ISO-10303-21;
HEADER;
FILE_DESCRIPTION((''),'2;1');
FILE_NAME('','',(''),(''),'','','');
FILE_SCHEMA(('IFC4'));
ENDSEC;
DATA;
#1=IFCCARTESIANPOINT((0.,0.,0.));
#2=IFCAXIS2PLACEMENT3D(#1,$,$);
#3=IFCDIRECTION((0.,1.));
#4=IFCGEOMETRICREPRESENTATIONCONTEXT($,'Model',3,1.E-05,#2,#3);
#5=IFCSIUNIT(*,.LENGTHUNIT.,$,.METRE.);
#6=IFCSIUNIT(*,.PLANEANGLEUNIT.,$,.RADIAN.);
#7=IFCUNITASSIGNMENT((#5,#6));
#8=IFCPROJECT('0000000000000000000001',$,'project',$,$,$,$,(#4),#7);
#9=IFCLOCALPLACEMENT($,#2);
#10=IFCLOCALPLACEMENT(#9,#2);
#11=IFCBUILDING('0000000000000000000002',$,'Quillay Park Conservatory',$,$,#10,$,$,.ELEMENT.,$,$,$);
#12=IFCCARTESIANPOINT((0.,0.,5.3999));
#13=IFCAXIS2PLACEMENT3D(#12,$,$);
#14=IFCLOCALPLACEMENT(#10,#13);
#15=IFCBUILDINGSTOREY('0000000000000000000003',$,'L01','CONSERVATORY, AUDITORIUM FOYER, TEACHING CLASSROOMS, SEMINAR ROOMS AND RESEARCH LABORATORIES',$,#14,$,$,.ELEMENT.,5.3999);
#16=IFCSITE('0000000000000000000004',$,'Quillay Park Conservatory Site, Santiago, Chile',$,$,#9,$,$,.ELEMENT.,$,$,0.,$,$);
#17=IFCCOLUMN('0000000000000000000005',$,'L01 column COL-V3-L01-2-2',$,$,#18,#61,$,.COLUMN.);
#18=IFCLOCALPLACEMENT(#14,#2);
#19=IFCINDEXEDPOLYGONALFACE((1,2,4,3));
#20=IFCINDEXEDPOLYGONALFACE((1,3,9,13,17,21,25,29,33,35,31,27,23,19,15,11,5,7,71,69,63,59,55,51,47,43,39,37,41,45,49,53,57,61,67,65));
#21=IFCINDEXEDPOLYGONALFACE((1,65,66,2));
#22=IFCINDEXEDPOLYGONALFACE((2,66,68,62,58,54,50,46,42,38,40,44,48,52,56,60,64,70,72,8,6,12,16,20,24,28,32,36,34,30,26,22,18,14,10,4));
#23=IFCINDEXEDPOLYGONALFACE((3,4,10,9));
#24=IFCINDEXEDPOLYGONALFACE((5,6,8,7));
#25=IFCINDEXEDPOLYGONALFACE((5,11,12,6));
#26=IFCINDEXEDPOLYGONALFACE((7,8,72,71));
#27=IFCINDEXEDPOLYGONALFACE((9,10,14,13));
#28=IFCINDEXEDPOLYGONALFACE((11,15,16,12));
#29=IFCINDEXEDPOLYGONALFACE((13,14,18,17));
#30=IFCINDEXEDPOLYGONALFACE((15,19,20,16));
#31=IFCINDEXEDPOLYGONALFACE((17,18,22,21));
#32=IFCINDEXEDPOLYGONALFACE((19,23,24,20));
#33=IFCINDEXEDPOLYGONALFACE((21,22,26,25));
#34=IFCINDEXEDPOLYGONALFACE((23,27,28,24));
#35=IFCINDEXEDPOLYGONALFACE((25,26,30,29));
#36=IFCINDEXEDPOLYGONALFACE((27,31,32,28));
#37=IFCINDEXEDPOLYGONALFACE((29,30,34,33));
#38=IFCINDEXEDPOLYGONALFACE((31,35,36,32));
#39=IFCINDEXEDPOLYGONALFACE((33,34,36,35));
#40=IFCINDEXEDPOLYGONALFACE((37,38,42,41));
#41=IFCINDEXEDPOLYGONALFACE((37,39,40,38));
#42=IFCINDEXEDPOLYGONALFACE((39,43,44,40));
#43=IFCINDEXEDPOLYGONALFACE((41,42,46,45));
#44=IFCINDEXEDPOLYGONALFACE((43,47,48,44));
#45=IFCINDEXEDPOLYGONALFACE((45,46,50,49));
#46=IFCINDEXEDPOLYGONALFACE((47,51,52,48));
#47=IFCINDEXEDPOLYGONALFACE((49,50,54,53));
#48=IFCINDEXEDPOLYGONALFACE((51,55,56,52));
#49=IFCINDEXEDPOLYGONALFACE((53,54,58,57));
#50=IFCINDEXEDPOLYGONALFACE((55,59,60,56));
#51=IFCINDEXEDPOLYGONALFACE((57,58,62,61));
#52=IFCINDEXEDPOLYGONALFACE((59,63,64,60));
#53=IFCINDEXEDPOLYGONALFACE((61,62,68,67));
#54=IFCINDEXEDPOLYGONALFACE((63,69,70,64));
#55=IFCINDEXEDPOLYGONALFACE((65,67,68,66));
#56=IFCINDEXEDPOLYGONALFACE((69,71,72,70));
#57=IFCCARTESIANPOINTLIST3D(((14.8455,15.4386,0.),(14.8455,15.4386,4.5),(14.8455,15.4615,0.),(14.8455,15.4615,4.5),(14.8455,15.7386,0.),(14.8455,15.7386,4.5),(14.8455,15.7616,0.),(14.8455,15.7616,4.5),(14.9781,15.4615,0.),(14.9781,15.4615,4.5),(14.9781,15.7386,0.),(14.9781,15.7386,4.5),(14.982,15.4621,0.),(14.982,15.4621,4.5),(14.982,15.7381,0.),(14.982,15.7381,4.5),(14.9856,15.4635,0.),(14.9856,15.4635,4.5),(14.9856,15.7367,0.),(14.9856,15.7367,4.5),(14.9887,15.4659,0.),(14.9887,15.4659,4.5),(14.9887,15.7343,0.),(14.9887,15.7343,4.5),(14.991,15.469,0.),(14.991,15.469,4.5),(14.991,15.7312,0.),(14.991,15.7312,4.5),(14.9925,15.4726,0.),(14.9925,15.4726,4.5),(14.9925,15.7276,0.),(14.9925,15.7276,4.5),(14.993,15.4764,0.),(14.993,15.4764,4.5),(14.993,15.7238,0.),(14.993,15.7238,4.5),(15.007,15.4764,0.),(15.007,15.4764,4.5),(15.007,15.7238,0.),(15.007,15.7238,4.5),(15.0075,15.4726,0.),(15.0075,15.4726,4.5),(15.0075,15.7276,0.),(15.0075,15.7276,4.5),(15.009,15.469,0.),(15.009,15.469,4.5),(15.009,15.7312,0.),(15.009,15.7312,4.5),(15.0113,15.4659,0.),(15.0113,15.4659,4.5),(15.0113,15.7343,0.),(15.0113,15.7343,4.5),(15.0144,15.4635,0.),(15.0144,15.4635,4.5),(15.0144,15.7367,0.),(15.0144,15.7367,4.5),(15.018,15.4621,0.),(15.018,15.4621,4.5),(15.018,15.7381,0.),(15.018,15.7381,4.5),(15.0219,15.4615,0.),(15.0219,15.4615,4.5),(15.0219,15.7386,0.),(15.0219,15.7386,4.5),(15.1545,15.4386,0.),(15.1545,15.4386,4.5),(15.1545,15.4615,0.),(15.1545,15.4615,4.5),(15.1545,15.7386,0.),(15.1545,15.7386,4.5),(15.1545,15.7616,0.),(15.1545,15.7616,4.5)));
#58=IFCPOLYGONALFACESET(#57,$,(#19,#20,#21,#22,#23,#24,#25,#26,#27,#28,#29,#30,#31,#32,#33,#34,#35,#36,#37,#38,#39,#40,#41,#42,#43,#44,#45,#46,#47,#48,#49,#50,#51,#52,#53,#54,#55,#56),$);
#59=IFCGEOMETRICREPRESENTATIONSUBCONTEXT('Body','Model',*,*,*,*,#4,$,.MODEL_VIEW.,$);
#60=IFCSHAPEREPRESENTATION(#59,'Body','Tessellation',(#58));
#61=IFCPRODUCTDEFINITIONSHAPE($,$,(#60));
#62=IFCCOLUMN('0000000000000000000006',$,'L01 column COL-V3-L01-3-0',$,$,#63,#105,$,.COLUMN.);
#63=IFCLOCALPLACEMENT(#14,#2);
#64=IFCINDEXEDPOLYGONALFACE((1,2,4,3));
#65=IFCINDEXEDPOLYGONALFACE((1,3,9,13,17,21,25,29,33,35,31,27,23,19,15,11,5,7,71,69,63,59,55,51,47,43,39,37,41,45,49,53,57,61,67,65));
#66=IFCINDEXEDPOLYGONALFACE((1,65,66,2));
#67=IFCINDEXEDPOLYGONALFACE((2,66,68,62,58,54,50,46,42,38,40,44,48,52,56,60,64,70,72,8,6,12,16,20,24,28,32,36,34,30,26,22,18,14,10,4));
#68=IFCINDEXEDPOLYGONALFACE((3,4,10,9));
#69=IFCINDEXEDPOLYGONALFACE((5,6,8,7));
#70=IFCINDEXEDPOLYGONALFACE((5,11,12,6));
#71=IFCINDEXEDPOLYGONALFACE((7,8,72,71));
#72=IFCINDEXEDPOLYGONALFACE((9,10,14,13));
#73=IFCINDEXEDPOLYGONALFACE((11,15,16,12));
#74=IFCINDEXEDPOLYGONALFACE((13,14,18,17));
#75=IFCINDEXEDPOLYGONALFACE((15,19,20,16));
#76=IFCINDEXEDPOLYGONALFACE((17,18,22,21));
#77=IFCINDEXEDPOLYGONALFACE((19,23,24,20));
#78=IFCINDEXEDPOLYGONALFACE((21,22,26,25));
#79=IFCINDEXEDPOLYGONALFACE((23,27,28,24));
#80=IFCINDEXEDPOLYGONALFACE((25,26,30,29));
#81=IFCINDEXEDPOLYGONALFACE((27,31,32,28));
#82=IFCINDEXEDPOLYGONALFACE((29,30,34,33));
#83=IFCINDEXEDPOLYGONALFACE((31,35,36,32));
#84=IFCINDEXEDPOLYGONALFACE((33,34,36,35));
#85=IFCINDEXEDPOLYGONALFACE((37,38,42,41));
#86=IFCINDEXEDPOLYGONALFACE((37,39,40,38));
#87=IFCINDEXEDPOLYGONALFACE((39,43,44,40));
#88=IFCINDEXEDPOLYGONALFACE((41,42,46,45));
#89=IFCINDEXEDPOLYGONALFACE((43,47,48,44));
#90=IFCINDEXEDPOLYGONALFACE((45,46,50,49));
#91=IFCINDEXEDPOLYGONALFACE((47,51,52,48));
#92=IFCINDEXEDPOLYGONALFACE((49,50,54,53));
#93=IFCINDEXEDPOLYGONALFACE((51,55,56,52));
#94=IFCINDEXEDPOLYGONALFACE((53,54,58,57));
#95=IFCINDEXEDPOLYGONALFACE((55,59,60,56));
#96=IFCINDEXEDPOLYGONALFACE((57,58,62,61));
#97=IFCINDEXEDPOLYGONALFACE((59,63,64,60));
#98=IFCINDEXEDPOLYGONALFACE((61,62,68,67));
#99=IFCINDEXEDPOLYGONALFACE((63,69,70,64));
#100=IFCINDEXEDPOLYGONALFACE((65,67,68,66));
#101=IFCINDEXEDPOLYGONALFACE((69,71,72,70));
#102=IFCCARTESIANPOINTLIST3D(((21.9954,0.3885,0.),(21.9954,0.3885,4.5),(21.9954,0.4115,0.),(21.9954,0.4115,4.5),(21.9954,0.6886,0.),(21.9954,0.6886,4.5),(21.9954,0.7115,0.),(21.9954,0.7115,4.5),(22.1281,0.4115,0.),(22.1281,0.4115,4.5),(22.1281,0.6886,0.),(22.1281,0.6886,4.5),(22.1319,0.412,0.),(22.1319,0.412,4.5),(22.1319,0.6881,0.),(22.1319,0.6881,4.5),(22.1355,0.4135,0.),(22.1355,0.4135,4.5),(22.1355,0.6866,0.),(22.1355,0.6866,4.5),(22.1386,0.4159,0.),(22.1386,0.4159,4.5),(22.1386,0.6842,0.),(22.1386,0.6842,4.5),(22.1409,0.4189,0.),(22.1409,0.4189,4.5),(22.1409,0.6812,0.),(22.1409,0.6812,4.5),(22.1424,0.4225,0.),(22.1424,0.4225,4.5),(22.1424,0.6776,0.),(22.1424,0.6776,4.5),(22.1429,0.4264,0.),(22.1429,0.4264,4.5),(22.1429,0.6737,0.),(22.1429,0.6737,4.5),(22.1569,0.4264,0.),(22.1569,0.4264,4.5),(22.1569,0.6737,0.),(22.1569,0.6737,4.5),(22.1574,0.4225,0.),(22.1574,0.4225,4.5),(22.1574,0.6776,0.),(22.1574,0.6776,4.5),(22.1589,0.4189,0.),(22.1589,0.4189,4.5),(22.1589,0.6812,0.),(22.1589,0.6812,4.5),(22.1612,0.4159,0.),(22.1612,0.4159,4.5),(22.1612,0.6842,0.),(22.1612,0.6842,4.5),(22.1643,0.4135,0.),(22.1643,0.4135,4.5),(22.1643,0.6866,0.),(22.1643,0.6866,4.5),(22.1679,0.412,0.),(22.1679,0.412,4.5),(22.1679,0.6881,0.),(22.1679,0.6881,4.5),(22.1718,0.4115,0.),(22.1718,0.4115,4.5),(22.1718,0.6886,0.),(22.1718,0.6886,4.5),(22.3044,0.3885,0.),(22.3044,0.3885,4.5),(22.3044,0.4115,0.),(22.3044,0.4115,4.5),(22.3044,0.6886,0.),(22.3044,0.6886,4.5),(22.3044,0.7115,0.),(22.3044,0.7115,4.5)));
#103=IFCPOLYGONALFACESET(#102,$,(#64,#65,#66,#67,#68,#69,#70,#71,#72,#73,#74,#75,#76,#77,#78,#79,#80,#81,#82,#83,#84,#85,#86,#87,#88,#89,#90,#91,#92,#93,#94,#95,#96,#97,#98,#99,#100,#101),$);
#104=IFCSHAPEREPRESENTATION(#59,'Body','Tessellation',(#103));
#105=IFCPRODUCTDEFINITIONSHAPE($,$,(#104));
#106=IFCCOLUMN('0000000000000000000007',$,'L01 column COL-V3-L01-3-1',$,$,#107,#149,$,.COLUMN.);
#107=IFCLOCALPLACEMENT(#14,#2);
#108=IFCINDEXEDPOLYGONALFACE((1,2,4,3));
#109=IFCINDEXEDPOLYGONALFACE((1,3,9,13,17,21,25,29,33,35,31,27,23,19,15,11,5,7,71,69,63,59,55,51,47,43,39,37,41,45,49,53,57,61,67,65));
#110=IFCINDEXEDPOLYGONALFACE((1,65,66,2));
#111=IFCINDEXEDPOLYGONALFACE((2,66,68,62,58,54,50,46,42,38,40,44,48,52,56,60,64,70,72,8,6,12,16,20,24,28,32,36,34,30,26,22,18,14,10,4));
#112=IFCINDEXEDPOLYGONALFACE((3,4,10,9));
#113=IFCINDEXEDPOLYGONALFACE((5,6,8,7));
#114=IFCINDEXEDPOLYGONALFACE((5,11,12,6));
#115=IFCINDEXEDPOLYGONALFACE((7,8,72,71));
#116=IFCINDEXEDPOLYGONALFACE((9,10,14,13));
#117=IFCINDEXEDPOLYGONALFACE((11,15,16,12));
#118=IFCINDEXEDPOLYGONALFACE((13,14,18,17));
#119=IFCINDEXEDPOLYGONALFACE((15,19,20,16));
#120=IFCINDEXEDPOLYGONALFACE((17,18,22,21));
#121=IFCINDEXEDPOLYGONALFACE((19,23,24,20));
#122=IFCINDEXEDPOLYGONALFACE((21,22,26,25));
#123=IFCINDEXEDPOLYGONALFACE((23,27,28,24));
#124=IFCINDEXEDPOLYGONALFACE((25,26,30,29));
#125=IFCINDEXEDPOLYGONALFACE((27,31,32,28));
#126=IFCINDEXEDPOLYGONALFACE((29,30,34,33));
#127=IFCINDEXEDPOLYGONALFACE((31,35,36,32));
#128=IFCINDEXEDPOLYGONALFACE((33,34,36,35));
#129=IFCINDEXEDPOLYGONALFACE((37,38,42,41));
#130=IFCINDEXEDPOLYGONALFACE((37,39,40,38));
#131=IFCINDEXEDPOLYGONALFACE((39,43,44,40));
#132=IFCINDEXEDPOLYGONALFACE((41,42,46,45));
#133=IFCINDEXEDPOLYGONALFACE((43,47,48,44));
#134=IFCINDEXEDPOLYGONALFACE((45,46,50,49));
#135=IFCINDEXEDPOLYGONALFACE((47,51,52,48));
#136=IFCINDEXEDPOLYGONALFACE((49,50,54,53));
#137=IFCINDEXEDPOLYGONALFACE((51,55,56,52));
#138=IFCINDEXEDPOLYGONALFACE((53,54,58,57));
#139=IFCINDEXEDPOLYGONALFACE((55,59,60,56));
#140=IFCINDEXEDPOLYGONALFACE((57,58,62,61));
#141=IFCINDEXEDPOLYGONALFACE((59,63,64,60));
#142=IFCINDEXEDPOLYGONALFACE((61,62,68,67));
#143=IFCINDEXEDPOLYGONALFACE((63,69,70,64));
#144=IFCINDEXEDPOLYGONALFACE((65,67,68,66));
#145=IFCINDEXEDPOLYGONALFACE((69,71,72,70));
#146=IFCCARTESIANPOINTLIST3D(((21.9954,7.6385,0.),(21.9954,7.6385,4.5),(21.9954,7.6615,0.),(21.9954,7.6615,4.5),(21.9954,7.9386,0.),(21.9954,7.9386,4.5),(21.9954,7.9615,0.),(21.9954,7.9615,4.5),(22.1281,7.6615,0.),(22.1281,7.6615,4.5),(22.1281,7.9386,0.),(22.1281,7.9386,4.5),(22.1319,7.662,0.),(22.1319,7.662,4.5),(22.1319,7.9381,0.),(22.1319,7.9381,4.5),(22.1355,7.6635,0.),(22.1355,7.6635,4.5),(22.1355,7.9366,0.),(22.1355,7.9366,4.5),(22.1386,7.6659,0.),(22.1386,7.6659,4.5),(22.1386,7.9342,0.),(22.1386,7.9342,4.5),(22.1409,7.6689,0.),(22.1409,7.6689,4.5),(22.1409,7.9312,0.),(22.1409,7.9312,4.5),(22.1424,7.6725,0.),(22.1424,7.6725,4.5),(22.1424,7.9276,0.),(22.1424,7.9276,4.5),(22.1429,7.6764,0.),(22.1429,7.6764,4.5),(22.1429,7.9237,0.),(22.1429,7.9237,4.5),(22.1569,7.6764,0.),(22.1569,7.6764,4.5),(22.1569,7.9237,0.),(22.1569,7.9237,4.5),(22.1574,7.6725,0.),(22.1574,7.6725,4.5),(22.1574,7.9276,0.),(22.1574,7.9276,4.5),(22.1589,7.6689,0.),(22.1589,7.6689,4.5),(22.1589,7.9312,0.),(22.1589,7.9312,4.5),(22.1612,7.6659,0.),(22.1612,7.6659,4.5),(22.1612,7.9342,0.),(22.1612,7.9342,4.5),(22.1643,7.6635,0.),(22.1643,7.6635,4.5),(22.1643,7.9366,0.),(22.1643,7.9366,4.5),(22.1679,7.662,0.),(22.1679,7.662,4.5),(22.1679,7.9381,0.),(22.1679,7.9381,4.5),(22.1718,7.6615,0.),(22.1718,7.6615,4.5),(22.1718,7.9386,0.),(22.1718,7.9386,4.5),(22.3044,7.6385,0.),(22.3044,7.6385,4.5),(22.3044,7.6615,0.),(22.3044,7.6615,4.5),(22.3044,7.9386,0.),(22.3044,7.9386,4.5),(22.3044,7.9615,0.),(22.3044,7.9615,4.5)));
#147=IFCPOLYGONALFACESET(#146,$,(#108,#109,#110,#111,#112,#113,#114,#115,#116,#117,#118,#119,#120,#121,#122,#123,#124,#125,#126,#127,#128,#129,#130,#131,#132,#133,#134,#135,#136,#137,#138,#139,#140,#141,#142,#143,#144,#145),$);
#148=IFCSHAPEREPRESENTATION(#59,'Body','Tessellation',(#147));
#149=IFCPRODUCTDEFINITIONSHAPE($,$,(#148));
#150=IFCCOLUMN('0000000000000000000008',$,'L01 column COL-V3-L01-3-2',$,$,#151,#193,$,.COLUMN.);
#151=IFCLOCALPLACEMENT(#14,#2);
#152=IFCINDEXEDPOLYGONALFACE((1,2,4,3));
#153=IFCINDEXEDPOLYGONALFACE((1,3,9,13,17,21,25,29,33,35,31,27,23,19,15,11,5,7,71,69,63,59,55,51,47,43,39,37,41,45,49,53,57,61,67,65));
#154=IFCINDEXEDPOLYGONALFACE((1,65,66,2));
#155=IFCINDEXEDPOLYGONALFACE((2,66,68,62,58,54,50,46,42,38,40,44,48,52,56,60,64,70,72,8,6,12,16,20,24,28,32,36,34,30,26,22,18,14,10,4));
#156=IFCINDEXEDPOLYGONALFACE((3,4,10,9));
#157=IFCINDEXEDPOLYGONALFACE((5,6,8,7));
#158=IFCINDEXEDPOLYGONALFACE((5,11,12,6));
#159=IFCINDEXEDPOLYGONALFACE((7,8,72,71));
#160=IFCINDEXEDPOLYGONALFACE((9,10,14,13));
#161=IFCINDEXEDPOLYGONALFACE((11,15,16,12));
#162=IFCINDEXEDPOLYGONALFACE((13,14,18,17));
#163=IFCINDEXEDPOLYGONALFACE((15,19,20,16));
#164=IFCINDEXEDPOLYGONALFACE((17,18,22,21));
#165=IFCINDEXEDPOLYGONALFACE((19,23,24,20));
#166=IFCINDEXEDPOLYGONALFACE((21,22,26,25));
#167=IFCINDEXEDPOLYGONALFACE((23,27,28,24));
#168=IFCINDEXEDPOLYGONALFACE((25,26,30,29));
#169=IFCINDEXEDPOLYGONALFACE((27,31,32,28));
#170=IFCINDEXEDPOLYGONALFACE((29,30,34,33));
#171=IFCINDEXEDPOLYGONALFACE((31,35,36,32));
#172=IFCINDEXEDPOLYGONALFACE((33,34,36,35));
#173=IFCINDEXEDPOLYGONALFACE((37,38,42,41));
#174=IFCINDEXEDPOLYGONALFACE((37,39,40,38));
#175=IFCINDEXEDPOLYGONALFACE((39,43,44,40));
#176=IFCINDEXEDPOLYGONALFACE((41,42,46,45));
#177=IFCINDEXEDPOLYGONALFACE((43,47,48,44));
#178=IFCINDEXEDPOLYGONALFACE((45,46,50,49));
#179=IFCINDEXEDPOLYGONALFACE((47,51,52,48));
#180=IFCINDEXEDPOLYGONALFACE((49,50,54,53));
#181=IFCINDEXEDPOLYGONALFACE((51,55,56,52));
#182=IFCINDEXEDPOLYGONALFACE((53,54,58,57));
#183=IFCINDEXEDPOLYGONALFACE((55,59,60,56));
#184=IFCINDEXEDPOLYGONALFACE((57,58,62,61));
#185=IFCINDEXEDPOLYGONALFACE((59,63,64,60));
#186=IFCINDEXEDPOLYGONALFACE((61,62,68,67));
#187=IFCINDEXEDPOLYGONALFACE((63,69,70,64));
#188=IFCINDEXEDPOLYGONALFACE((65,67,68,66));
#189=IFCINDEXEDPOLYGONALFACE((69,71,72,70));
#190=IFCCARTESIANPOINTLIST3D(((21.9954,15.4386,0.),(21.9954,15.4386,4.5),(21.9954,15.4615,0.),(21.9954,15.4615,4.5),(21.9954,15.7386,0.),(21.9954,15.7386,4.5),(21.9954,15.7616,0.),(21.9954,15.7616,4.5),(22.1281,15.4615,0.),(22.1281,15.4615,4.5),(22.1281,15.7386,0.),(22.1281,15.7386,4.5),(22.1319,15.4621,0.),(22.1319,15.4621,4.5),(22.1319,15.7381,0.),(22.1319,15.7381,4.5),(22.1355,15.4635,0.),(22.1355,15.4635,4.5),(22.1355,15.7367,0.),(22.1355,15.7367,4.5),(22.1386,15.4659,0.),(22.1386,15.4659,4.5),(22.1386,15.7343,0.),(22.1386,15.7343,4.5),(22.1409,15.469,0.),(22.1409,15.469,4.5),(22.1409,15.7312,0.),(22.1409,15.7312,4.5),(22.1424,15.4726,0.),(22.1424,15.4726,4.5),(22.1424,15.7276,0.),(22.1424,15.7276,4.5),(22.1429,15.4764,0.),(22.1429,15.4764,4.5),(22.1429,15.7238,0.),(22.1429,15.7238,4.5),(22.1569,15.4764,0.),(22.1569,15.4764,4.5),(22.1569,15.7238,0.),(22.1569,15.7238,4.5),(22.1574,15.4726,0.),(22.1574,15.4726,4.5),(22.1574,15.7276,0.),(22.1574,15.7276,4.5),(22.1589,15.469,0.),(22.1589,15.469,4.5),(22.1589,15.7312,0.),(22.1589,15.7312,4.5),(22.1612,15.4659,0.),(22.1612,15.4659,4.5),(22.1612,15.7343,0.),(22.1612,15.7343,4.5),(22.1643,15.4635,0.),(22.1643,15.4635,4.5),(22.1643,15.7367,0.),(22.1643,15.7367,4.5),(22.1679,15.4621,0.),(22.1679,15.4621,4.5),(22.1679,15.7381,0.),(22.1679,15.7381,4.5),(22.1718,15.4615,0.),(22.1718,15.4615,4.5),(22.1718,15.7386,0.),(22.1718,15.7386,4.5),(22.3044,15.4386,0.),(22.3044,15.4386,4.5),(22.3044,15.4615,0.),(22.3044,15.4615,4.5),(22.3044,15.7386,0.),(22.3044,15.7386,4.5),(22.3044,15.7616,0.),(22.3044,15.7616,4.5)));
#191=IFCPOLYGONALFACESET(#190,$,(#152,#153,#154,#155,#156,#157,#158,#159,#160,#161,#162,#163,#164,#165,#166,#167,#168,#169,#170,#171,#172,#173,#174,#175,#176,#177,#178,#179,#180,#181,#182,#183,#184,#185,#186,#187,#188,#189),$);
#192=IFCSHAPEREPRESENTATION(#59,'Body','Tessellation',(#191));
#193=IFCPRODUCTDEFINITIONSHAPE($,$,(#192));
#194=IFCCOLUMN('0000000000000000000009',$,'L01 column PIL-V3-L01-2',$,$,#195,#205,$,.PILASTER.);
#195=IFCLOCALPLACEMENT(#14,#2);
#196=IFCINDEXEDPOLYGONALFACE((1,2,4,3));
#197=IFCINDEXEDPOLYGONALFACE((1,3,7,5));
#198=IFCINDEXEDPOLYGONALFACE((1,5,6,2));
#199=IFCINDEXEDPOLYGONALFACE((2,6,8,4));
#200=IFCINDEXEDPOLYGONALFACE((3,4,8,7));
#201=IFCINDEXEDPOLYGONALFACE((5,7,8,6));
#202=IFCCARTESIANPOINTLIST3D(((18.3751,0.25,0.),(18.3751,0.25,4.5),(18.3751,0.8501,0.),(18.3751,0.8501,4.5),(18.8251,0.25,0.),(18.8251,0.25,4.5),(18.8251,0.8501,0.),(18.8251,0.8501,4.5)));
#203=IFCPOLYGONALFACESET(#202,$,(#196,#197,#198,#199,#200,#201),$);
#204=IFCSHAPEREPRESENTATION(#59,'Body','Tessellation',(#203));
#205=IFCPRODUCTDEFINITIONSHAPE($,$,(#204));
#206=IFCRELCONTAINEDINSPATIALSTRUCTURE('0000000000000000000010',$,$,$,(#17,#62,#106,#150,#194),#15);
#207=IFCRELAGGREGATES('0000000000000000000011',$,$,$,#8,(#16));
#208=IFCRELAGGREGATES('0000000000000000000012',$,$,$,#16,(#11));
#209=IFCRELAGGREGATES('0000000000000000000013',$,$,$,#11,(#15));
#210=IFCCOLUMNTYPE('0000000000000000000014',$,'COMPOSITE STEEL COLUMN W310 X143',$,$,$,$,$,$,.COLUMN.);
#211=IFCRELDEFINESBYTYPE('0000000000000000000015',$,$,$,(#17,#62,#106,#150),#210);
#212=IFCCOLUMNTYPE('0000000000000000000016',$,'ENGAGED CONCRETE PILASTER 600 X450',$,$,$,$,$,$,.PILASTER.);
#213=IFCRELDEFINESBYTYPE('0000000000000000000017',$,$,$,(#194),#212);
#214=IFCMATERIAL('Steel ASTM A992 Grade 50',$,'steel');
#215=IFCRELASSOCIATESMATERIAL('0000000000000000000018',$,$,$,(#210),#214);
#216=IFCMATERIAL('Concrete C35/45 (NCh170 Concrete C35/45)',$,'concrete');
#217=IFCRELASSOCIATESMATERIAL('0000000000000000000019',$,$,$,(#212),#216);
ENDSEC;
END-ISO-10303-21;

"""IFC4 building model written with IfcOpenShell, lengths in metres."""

from ifc_helpers import new_model, si_unit, direction, frame, origin, origin_2d, place, context, subcontext, project, spatial, rectangle, i_section, extrude, material, material_profile, profile_set, type_object, element, save


model = new_model("IFC4")

# Units and contexts
model_context = context("Model", 3, precision=1e-05, world=origin(), true_north=direction((0.0, 1.0)))
body_context = subcontext(model_context, "Body", "Model", "MODEL_VIEW")
ifc_project = project(units=[si_unit("LENGTHUNIT", "METRE"), si_unit("PLANEANGLEUNIT", "RADIAN")], contexts=[model_context])

# Site, building, storey
site_placement = place(None, origin())
site = spatial("IfcSite", under=ifc_project, at=site_placement, Name="Quillay Park Conservatory Site, Santiago, Chile", CompositionType="ELEMENT", RefElevation=0.0)
building_placement = place(site_placement, origin())
building = spatial("IfcBuilding", under=site, at=building_placement, Name="Quillay Park Conservatory", CompositionType="ELEMENT")
storey_placement = place(building_placement, frame((0.0, 0.0, 5.3999)))
storey = spatial("IfcBuildingStorey", under=building, at=storey_placement, Name="L01", Description="CONSERVATORY, AUDITORIUM FOYER, TEACHING CLASSROOMS, SEMINAR ROOMS AND RESEARCH LABORATORIES", CompositionType="ELEMENT", Elevation=5.3999)

# Columns
ifc_material_1 = material(Name="Steel ASTM A992 Grade 50", Category="steel")
ifc_material_profile_1 = material_profile(ifc_material_1, i_section(OverallWidth=0.3091, OverallDepth=0.323, WebThickness=0.0139, FlangeThickness=0.0229, FilletRadius=0.0149, at=origin_2d()), Name="W310x143")
ifc_profile_set_1 = profile_set([ifc_material_profile_1], Name="Steel ASTM A992 Grade 50")
column_type_1 = type_object("IfcColumnType", Name="COMPOSITE STEEL COLUMN W310 X143", PredefinedType="COLUMN", material=ifc_profile_set_1)
for number, where, z_axis, x_axis, name in (
    (1, (15.0, 15.6001, 0.0), (0.0, 0.0, 1.0), (1.0, 0.0, 0.0), "L01 column COL-V3-L01-2-2"),
    (2, (22.1499, 0.55, 0.0), (0.0, 0.0, 1.0), (1.0, 0.0, 0.0), "L01 column COL-V3-L01-3-0"),
    (3, (22.1499, 7.8, 0.0), (0.0, 0.0, 1.0), (1.0, 0.0, 0.0), "L01 column COL-V3-L01-3-1"),
    (4, (22.1499, 15.6001, 0.0), (0.0, 0.0, 1.0), (1.0, 0.0, 0.0), "L01 column COL-V3-L01-3-2"),
):
    element("IfcColumn", number, at=place(storey_placement, frame(where, z_axis=z_axis, x_axis=x_axis)), inside=storey, type_object=column_type_1, Name=name, PredefinedType="COLUMN", context=body_context, shape_type="SweptSolid", body=[
        extrude(i_section(OverallWidth=0.3091, OverallDepth=0.323, WebThickness=0.0139, FlangeThickness=0.0229, FilletRadius=0.0149, at=origin_2d()), origin(), (0.0, 0.0, 1.0), 4.5),
    ])
ifc_material_2 = material(Name="Concrete C35/45 (NCh170 Concrete C35/45)", Category="concrete")
ifc_material_profile_2 = material_profile(ifc_material_2, rectangle(XDim=0.45, YDim=0.6001, at=origin_2d()), Name="RC600x450")
ifc_profile_set_2 = profile_set([ifc_material_profile_2], Name="Concrete C35/45 (NCh170 Concrete C35/45)")
column_type_2 = type_object("IfcColumnType", Name="ENGAGED CONCRETE PILASTER 600 X450", PredefinedType="PILASTER", material=ifc_profile_set_2)
for number, where, z_axis, x_axis, name in (
    (5, (18.6001, 0.55, 0.0), (0.0, 0.0, 1.0), (1.0, 0.0, 0.0), "L01 column PIL-V3-L01-2"),
):
    element("IfcColumn", number, at=place(storey_placement, frame(where, z_axis=z_axis, x_axis=x_axis)), inside=storey, type_object=column_type_2, Name=name, PredefinedType="PILASTER", context=body_context, shape_type="SweptSolid", body=[
        extrude(rectangle(XDim=0.45, YDim=0.6001, at=origin_2d()), origin(), (0.0, 0.0, 1.0), 4.5),
    ])

save(model, "model.ifc")
